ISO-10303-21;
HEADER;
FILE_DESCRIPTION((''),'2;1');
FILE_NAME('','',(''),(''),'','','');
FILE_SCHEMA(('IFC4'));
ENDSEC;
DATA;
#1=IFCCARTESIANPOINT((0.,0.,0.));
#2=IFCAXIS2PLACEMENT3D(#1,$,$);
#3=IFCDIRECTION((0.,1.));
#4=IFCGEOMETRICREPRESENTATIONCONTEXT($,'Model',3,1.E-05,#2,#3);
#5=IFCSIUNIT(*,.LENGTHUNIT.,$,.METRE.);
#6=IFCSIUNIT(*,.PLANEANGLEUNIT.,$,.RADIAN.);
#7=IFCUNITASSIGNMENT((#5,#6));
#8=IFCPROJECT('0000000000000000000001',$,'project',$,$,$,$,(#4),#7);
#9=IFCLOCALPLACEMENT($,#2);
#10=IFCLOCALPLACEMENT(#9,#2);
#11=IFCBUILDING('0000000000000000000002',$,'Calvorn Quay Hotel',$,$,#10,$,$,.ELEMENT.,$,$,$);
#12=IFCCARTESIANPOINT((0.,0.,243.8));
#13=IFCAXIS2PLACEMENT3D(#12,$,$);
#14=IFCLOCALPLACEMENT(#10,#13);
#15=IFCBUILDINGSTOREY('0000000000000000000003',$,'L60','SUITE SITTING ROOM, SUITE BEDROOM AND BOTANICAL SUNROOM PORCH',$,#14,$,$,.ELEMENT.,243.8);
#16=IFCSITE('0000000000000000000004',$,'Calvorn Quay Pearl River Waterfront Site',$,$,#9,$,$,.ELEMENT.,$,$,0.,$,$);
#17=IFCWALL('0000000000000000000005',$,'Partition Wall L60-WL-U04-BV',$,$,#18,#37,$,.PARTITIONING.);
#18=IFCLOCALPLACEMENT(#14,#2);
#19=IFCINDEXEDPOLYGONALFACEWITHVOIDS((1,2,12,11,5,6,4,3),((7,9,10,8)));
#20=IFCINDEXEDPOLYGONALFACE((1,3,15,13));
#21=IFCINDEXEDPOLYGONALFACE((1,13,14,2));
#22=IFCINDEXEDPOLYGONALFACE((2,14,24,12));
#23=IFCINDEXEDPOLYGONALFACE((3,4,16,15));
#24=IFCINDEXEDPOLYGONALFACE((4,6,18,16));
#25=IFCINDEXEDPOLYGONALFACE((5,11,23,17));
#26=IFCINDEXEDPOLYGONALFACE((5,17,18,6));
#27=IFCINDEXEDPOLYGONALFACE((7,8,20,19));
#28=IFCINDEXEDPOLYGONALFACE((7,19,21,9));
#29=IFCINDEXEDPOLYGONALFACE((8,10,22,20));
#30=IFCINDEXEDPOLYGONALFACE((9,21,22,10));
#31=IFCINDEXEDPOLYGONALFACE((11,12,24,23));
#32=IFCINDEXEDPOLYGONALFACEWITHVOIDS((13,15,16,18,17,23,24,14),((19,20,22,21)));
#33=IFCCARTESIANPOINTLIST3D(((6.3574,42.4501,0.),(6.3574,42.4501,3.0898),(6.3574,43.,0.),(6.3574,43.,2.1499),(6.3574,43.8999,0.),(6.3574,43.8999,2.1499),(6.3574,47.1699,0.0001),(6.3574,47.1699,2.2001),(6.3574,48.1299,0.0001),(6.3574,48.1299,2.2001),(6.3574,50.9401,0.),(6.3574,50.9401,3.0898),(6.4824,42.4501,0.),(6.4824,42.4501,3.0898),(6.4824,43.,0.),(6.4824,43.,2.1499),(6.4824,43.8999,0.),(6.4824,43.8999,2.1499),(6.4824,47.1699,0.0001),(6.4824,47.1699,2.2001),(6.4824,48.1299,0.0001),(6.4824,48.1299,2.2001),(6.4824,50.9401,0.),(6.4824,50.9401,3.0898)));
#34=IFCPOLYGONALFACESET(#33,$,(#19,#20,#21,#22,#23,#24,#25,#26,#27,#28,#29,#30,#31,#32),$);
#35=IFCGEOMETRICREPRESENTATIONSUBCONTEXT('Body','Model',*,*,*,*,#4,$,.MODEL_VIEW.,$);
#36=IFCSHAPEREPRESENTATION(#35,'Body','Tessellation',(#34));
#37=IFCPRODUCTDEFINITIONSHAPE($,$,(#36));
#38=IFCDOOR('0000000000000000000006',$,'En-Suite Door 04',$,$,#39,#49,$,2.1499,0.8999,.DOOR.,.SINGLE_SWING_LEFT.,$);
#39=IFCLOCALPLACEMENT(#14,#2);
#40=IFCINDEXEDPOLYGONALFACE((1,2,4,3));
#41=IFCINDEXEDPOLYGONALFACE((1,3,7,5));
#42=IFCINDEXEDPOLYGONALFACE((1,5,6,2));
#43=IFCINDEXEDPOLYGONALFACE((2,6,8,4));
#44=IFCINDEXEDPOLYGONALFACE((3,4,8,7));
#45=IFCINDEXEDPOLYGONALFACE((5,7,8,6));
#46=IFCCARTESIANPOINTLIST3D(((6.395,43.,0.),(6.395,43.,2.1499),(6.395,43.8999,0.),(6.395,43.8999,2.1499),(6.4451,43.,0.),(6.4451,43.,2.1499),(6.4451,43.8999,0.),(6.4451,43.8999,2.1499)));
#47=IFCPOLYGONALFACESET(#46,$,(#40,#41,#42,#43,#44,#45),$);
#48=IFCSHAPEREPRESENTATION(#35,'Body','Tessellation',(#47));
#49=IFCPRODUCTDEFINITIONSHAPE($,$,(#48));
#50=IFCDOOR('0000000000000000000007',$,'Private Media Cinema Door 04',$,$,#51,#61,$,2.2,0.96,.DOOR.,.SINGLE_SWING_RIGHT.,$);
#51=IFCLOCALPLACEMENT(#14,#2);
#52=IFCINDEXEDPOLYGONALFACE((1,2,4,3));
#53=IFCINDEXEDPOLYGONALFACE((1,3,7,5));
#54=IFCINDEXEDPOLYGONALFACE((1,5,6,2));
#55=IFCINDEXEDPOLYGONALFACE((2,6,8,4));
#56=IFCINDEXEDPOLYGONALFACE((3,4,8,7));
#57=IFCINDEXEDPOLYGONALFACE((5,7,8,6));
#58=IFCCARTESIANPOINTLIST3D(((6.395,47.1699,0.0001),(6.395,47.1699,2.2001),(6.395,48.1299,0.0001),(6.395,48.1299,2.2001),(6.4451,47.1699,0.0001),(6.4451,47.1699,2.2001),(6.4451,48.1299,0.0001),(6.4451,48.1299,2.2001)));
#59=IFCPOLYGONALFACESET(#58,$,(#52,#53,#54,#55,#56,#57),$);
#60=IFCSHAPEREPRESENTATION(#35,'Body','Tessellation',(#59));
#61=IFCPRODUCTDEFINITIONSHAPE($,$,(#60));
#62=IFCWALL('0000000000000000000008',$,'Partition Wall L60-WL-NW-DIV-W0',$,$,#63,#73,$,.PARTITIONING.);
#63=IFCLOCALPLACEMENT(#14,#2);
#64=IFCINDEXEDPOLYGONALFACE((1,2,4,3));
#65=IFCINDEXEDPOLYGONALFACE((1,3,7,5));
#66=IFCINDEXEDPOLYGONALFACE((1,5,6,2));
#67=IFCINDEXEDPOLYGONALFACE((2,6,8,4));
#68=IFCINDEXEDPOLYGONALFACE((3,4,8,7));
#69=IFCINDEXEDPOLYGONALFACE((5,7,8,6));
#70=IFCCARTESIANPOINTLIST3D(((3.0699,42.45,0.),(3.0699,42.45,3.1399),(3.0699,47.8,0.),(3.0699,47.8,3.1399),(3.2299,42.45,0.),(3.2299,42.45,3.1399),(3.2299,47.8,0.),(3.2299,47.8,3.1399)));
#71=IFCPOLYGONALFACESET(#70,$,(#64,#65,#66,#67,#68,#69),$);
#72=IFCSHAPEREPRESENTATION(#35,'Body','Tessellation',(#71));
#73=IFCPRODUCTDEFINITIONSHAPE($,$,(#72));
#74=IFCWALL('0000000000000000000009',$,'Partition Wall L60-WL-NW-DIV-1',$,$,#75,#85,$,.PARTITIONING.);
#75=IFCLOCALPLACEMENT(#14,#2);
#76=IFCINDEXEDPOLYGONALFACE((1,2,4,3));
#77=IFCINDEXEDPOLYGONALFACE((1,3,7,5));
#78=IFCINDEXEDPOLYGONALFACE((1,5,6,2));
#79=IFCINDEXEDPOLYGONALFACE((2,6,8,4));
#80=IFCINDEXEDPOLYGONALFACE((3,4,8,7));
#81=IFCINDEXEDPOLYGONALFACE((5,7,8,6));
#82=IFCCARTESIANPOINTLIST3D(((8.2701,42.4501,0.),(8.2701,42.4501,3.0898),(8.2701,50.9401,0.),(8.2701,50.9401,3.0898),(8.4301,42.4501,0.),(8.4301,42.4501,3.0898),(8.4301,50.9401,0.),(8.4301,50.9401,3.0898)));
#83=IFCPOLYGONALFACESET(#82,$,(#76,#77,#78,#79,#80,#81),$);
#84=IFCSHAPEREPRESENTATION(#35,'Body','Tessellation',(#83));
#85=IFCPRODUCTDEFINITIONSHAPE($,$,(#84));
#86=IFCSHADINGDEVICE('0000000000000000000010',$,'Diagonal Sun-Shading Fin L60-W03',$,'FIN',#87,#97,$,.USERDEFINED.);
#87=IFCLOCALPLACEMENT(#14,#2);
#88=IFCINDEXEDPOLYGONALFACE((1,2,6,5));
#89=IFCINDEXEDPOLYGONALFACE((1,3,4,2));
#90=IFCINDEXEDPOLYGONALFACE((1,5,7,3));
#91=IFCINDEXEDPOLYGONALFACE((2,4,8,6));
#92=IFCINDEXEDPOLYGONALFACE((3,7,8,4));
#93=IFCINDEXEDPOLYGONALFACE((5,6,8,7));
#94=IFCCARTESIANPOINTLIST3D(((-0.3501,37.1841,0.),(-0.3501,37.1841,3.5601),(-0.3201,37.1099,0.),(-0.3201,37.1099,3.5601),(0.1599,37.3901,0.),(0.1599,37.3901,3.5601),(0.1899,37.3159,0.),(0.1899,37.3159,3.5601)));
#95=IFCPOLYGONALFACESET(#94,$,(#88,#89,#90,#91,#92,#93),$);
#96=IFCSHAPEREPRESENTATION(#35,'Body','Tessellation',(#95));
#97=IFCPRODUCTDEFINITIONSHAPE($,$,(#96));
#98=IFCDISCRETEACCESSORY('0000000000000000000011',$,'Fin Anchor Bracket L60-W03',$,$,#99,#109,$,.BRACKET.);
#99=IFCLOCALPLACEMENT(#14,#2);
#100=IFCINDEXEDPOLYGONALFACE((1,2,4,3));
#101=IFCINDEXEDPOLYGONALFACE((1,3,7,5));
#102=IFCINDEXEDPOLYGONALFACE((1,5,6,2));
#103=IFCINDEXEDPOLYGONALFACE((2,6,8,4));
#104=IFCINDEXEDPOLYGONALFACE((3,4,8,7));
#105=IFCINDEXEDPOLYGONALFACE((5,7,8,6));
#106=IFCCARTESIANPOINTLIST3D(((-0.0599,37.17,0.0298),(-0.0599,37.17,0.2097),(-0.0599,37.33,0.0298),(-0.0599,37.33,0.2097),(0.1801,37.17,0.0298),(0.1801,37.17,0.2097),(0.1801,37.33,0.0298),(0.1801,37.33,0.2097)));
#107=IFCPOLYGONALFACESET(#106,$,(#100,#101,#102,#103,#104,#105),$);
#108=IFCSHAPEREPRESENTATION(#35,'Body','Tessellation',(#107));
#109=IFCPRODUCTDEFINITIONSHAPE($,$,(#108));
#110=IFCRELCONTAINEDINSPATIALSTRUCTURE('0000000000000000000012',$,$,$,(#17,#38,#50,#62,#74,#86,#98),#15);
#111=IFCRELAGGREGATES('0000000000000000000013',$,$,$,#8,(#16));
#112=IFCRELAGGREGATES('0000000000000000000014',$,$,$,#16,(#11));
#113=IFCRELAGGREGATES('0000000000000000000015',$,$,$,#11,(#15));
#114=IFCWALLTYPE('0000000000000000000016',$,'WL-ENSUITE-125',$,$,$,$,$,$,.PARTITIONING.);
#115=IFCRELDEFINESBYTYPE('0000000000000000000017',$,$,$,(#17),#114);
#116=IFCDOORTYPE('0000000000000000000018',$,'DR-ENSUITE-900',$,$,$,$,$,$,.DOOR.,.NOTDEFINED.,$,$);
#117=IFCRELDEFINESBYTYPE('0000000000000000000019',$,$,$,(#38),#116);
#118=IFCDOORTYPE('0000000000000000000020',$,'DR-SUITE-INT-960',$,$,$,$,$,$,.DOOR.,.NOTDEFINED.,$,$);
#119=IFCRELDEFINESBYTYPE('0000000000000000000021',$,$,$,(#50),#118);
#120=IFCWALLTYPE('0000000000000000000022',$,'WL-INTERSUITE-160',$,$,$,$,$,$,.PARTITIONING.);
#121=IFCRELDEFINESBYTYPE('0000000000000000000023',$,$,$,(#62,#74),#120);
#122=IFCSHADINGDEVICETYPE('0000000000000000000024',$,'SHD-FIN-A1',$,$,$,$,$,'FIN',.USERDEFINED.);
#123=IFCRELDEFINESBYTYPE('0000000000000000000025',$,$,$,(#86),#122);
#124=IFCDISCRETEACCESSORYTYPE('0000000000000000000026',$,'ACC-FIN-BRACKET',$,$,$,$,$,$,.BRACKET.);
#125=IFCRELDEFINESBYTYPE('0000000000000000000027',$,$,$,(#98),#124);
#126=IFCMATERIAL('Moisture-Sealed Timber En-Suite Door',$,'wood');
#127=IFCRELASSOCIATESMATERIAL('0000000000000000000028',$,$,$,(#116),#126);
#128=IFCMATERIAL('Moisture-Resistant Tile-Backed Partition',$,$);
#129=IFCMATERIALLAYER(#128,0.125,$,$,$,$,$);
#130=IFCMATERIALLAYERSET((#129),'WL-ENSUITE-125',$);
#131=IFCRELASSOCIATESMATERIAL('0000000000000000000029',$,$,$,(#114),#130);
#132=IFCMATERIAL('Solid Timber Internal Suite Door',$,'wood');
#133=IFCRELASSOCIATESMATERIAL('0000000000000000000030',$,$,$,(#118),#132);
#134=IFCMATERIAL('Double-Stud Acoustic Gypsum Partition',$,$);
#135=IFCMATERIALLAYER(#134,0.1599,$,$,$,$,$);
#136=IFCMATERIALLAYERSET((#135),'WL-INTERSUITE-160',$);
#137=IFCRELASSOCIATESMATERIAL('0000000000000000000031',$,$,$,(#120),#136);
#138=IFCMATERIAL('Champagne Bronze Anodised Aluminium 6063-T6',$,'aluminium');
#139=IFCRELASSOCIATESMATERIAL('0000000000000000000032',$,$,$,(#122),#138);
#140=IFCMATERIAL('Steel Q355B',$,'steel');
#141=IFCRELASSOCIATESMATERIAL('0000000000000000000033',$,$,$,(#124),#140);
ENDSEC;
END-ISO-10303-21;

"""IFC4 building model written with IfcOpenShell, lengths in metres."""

from ifc_helpers import new_model, si_unit, direction, frame, frame_2d, origin, origin_2d, place, context, subcontext, project, spatial, rectangle, extrude, material, layer, layer_set, type_object, element, fill, save


model = new_model("IFC4")

# Units and contexts
model_context = context("Model", 3, precision=1e-05, world=origin(), true_north=direction((0.0, 1.0)))
body_context = subcontext(model_context, "Body", "Model", "MODEL_VIEW")
ifc_project = project(units=[si_unit("LENGTHUNIT", "METRE"), si_unit("PLANEANGLEUNIT", "RADIAN")], contexts=[model_context])

# Site, building, storey
site_placement = place(None, origin())
site = spatial("IfcSite", under=ifc_project, at=site_placement, Name="Calvorn Quay Pearl River Waterfront Site", CompositionType="ELEMENT", RefElevation=0.0)
building_placement = place(site_placement, origin())
building = spatial("IfcBuilding", under=site, at=building_placement, Name="Calvorn Quay Hotel", CompositionType="ELEMENT")
storey_placement = place(building_placement, frame((0.0, 0.0, 243.8)))
storey = spatial("IfcBuildingStorey", under=building, at=storey_placement, Name="L60", Description="SUITE SITTING ROOM, SUITE BEDROOM AND BOTANICAL SUNROOM PORCH", CompositionType="ELEMENT", Elevation=243.8)

# Shared definitions
ifc_material_1 = material(Name="Moisture-Sealed Timber En-Suite Door", Category="wood")
door_type_1 = type_object("IfcDoorType", Name="DR-ENSUITE-900", OperationType="NOTDEFINED", PredefinedType="DOOR", material=ifc_material_1)

# Wall, openings, doors
ifc_material_2 = material(Name="Moisture-Resistant Tile-Backed Partition")
ifc_layer_1 = layer(ifc_material_2, 0.125)
ifc_layer_set_1 = layer_set([ifc_layer_1], Name="WL-ENSUITE-125")
wall_type_1 = type_object("IfcWallType", Name="WL-ENSUITE-125", PredefinedType="PARTITIONING", material=ifc_layer_set_1)
wall_1_placement = place(storey_placement, frame((6.4199, 42.45, 0.0), z_axis=(0.0, 0.0, 1.0), x_axis=(0.0, 1.0, 0.0)))
wall_1 = element("IfcWall", 1, at=wall_1_placement, inside=storey, type_object=wall_type_1, Name="Partition Wall L60-WL-U04-BV", PredefinedType="PARTITIONING", context=body_context, shape_type="SweptSolid", body=[
    extrude(rectangle(XDim=8.49, YDim=0.125, at=frame_2d((4.2451, 0.0))), origin(), (0.0, 0.0, 1.0), 3.0898),
])
opening_1_placement = place(wall_1_placement, frame((0.55, 0.0, 0.0)))
opening_1 = element("IfcOpeningElement", 2, at=opening_1_placement, cuts=wall_1, PredefinedType="OPENING", context=body_context, shape_type="SweptSolid", body=[
    extrude(rectangle(XDim=0.8999, YDim=2.1499, at=frame_2d((0.45, 1.075))), frame((0.0, 0.0725, 0.0), z_axis=(0.0, -1.0, 0.0), x_axis=(1.0, 0.0, 0.0)), (0.0, 0.0, 1.0), 0.145),
])
opening_2_placement = place(wall_1_placement, frame((4.72, 0.0, 0.0)))
opening_2 = element("IfcOpeningElement", 3, at=opening_2_placement, cuts=wall_1, PredefinedType="OPENING", context=body_context, shape_type="SweptSolid", body=[
    extrude(rectangle(XDim=0.96, YDim=2.2, at=frame_2d((0.48, 1.1001))), frame((0.0, 0.0725, 0.0), z_axis=(0.0, -1.0, 0.0), x_axis=(1.0, 0.0, 0.0)), (0.0, 0.0, 1.0), 0.145),
])
door_1_placement = place(opening_1_placement, origin())
door_1 = element("IfcDoor", 4, at=door_1_placement, inside=storey, type_object=door_type_1, Name="En-Suite Door 04", OperationType="SINGLE_SWING_LEFT", OverallHeight=2.1499, OverallWidth=0.8999, PredefinedType="DOOR", context=body_context, shape_type="SweptSolid", body=[
    extrude(rectangle(XDim=0.8999, YDim=2.1499, at=frame_2d((0.45, 1.075))), frame((0.0, 0.0249, 0.0), z_axis=(0.0, -1.0, 0.0), x_axis=(1.0, 0.0, 0.0)), (0.0, 0.0, 1.0), 0.05),
])
fill(opening_1, door_1)
ifc_material_3 = material(Name="Solid Timber Internal Suite Door", Category="wood")
door_type_2 = type_object("IfcDoorType", Name="DR-SUITE-INT-960", OperationType="NOTDEFINED", PredefinedType="DOOR", material=ifc_material_3)
door_2_placement = place(opening_2_placement, origin())
door_2 = element("IfcDoor", 5, at=door_2_placement, inside=storey, type_object=door_type_2, Name="Private Media Cinema Door 04", OperationType="SINGLE_SWING_RIGHT", OverallHeight=2.2, OverallWidth=0.96, PredefinedType="DOOR", context=body_context, shape_type="SweptSolid", body=[
    extrude(rectangle(XDim=0.96, YDim=2.2, at=frame_2d((0.48, 1.1001))), frame((0.0, 0.0249, 0.0), z_axis=(0.0, -1.0, 0.0), x_axis=(1.0, 0.0, 0.0)), (0.0, 0.0, 1.0), 0.05),
])
fill(opening_2, door_2)

# Walls
ifc_material_4 = material(Name="Double-Stud Acoustic Gypsum Partition")
ifc_layer_2 = layer(ifc_material_4, 0.1599)
ifc_layer_set_2 = layer_set([ifc_layer_2], Name="WL-INTERSUITE-160")
wall_type_2 = type_object("IfcWallType", Name="WL-INTERSUITE-160", PredefinedType="PARTITIONING", material=ifc_layer_set_2)
wall_2_placement = place(storey_placement, frame((3.1499, 42.45, 0.0), z_axis=(0.0, 0.0, 1.0), x_axis=(0.0, 1.0, 0.0)))
element("IfcWall", 6, at=wall_2_placement, inside=storey, type_object=wall_type_2, Name="Partition Wall L60-WL-NW-DIV-W0", PredefinedType="PARTITIONING", context=body_context, shape_type="SweptSolid", body=[
    extrude(rectangle(XDim=5.3501, YDim=0.1599, at=frame_2d((2.675, 0.0))), origin(), (0.0, 0.0, 1.0), 3.1399),
])
wall_3_placement = place(storey_placement, frame((8.3501, 42.45, 0.0), z_axis=(0.0, 0.0, 1.0), x_axis=(0.0, 1.0, 0.0)))
element("IfcWall", 7, at=wall_3_placement, inside=storey, type_object=wall_type_2, Name="Partition Wall L60-WL-NW-DIV-1", PredefinedType="PARTITIONING", context=body_context, shape_type="SweptSolid", body=[
    extrude(rectangle(XDim=8.49, YDim=0.1599, at=frame_2d((4.2451, 0.0))), origin(), (0.0, 0.0, 1.0), 3.0898),
])

# Shading device
ifc_material_5 = material(Name="Champagne Bronze Anodised Aluminium 6063-T6", Category="aluminium")
shading_device_type = type_object("IfcShadingDeviceType", Name="SHD-FIN-A1", ElementType="FIN", PredefinedType="USERDEFINED", material=ifc_material_5)
shading_device_placement = place(storey_placement, frame((-0.0801, 37.25, 0.0), z_axis=(0.0, 0.0, 1.0), x_axis=(0.927184, 0.374607, 0.0)))
element("IfcShadingDevice", 8, at=shading_device_placement, inside=storey, type_object=shading_device_type, Name="Diagonal Sun-Shading Fin L60-W03", ObjectType="FIN", PredefinedType="USERDEFINED", context=body_context, shape_type="SweptSolid", body=[
    extrude(rectangle(XDim=0.55, YDim=0.0801, at=origin_2d()), origin(), (0.0, 0.0, 1.0), 3.5601),
])

# Discrete accessory
ifc_material_6 = material(Name="Steel Q355B", Category="steel")
discrete_accessory_type = type_object("IfcDiscreteAccessoryType", Name="ACC-FIN-BRACKET", PredefinedType="BRACKET", material=ifc_material_6)
discrete_accessory_placement = place(storey_placement, frame((0.0601, 37.25, 0.0298), z_axis=(0.0, 0.0, 1.0), x_axis=(1.0, 0.0, 0.0)))
element("IfcDiscreteAccessory", 9, at=discrete_accessory_placement, inside=storey, type_object=discrete_accessory_type, Name="Fin Anchor Bracket L60-W03", PredefinedType="BRACKET", context=body_context, shape_type="SweptSolid", body=[
    extrude(rectangle(XDim=0.24, YDim=0.1599, at=origin_2d()), origin(), (0.0, 0.0, 1.0), 0.1799),
])

save(model, "model.ifc")
